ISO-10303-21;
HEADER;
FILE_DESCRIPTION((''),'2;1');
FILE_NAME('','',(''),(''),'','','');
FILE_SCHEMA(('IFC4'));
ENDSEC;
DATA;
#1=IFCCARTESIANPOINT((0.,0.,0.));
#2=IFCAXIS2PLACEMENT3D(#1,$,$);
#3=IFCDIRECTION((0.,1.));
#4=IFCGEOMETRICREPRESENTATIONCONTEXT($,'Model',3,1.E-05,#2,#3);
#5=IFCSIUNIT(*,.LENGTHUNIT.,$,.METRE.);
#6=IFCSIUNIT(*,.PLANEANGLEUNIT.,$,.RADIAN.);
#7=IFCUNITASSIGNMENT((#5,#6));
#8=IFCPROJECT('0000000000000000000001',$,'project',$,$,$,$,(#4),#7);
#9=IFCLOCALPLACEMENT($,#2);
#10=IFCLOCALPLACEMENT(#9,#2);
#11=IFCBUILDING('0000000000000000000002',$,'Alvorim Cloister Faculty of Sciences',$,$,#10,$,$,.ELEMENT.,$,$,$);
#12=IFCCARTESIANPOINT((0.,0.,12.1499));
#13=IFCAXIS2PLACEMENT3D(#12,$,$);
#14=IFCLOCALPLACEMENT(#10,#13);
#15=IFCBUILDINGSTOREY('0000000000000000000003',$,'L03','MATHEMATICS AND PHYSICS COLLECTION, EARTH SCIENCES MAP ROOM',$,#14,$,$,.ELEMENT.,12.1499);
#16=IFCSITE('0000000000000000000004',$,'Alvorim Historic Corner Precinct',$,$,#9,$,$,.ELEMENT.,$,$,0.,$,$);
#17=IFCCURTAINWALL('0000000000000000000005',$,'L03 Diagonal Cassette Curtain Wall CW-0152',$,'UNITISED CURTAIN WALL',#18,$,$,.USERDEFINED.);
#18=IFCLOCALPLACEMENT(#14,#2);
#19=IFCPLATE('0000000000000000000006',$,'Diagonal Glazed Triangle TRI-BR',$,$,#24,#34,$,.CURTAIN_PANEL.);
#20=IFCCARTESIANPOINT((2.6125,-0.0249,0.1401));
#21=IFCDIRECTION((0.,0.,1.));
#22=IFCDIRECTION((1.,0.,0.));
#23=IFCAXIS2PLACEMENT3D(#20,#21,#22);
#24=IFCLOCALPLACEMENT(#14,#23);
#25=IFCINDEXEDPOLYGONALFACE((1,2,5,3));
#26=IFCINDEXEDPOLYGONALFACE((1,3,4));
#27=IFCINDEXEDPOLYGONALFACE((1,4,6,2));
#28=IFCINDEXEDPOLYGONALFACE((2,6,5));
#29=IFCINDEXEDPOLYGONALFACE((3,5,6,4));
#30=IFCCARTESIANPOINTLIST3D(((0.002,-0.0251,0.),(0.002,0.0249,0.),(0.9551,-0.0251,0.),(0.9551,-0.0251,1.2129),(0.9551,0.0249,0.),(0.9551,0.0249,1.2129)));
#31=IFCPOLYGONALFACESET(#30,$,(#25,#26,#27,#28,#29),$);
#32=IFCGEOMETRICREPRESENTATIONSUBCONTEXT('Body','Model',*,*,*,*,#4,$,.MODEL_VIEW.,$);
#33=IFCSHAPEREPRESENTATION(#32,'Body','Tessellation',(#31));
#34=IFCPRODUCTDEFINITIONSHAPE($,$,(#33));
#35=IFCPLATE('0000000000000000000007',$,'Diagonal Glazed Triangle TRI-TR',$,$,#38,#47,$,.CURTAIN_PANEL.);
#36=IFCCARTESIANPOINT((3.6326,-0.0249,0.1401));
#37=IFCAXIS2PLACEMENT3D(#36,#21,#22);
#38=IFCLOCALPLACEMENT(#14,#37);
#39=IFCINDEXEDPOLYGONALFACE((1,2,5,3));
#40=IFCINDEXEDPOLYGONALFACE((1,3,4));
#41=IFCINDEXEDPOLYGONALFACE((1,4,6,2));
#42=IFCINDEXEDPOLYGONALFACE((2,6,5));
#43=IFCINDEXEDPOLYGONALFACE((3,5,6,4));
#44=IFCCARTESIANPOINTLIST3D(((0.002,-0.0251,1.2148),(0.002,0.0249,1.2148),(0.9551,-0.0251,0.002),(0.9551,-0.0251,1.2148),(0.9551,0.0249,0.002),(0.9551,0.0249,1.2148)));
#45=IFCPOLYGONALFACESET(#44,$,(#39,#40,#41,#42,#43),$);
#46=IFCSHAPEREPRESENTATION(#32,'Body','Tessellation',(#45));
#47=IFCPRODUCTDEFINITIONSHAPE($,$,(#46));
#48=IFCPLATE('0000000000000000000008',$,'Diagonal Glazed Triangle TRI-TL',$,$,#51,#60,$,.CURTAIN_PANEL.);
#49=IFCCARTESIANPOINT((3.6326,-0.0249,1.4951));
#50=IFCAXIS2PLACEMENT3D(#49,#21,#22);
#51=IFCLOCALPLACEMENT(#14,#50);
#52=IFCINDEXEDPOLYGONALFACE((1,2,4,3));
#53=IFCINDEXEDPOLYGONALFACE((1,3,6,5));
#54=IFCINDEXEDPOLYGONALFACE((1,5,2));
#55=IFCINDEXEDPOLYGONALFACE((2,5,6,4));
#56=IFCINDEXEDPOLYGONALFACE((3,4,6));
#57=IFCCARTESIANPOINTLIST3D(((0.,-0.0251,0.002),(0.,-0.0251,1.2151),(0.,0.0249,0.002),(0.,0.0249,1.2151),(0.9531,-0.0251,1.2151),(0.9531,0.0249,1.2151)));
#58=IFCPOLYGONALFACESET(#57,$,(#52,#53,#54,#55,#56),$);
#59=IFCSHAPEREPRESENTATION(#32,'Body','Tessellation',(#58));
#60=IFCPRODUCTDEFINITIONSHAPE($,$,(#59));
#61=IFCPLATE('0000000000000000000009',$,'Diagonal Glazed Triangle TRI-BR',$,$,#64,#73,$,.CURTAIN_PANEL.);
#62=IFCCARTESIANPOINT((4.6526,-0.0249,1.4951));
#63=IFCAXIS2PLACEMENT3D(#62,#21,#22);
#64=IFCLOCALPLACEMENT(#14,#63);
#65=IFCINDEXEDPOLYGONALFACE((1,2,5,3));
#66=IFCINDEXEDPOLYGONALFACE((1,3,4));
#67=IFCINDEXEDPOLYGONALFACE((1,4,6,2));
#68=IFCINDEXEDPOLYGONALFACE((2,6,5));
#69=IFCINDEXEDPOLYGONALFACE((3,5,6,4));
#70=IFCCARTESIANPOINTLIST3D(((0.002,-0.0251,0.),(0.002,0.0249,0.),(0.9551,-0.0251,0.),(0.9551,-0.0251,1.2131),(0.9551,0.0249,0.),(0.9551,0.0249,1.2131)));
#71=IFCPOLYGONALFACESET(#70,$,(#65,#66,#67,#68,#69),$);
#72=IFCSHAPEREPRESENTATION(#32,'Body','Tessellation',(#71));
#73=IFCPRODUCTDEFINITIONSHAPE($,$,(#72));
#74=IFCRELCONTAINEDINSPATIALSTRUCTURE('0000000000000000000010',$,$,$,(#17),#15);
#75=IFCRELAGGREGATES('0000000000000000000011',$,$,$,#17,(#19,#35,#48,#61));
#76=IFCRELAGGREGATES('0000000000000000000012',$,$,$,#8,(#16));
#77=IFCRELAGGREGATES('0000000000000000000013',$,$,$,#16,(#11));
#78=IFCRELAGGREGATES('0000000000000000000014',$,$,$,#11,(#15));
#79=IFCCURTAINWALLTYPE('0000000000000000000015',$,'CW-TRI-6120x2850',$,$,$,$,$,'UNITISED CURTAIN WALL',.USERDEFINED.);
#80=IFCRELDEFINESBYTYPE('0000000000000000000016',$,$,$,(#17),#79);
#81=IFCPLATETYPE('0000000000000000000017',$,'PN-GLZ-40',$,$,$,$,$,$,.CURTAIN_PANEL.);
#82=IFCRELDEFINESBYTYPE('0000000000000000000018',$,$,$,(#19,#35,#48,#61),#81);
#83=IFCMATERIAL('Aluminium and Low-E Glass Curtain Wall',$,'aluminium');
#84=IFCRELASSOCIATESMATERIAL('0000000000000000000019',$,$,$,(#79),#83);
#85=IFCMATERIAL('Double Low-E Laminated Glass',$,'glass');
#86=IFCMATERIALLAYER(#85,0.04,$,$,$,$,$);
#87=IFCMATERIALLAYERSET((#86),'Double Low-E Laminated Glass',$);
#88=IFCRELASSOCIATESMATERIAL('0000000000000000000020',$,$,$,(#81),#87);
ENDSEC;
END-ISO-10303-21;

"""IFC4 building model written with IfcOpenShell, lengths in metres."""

from ifc_helpers import new_model, si_unit, direction, frame, origin, place, context, subcontext, project, spatial, polyline, outline, extrude, material, layer, layer_set, type_object, element, aggregate, save


model = new_model("IFC4")

# Units and contexts
model_context = context("Model", 3, precision=1e-05, world=origin(), true_north=direction((0.0, 1.0)))
body_context = subcontext(model_context, "Body", "Model", "MODEL_VIEW")
ifc_project = project(units=[si_unit("LENGTHUNIT", "METRE"), si_unit("PLANEANGLEUNIT", "RADIAN")], contexts=[model_context])

# Site, building, storey
site_placement = place(None, origin())
site = spatial("IfcSite", under=ifc_project, at=site_placement, Name="Alvorim Historic Corner Precinct", CompositionType="ELEMENT", RefElevation=0.0)
building_placement = place(site_placement, origin())
building = spatial("IfcBuilding", under=site, at=building_placement, Name="Alvorim Cloister Faculty of Sciences", CompositionType="ELEMENT")
storey_placement = place(building_placement, frame((0.0, 0.0, 12.1499)))
storey = spatial("IfcBuildingStorey", under=building, at=storey_placement, Name="L03", Description="MATHEMATICS AND PHYSICS COLLECTION, EARTH SCIENCES MAP ROOM", CompositionType="ELEMENT", Elevation=12.1499)

# Curtain wall, plates
ifc_material_1 = material(Name="Aluminium and Low-E Glass Curtain Wall", Category="aluminium")
curtain_wall_type = type_object("IfcCurtainWallType", Name="CW-TRI-6120x2850", ElementType="UNITISED CURTAIN WALL", PredefinedType="USERDEFINED", material=ifc_material_1)
curtain_wall_placement = place(storey_placement, origin())
curtain_wall = element("IfcCurtainWall", 1, at=curtain_wall_placement, inside=storey, type_object=curtain_wall_type, Name="L03 Diagonal Cassette Curtain Wall CW-0152", ObjectType="UNITISED CURTAIN WALL", PredefinedType="USERDEFINED")
ifc_material_2 = material(Name="Double Low-E Laminated Glass", Category="glass")
ifc_layer = layer(ifc_material_2, 0.04)
ifc_layer_set = layer_set([ifc_layer], Name="Double Low-E Laminated Glass")
plate_type = type_object("IfcPlateType", Name="PN-GLZ-40", PredefinedType="CURTAIN_PANEL", material=ifc_layer_set)
plate_1_placement = place(storey_placement, frame((2.6125, -0.0249, 0.1401), z_axis=(0.0, 0.0, 1.0), x_axis=(1.0, 0.0, 0.0)))
plate_1 = element("IfcPlate", 2, at=plate_1_placement, type_object=plate_type, Name="Diagonal Glazed Triangle TRI-BR", PredefinedType="CURTAIN_PANEL", context=body_context, shape_type="SweptSolid", body=[
    extrude(outline(polyline([(0.002, 0.0), (0.9551, 0.0), (0.9551, 1.2129), (0.002, 0.0)])), frame((0.0, 0.0249, 0.0), z_axis=(0.0, -1.0, 0.0), x_axis=(1.0, 0.0, 0.0)), (0.0, 0.0, 1.0), 0.05),
])
plate_2_placement = place(storey_placement, frame((3.6326, -0.0249, 0.1401), z_axis=(0.0, 0.0, 1.0), x_axis=(1.0, 0.0, 0.0)))
plate_2 = element("IfcPlate", 3, at=plate_2_placement, type_object=plate_type, Name="Diagonal Glazed Triangle TRI-TR", PredefinedType="CURTAIN_PANEL", context=body_context, shape_type="SweptSolid", body=[
    extrude(outline(polyline([(0.9551, 0.002), (0.9551, 1.2148), (0.002, 1.2148), (0.9551, 0.002)])), frame((0.0, 0.0249, 0.0), z_axis=(0.0, -1.0, 0.0), x_axis=(1.0, 0.0, 0.0)), (0.0, 0.0, 1.0), 0.05),
])
plate_3_placement = place(storey_placement, frame((3.6326, -0.0249, 1.4951), z_axis=(0.0, 0.0, 1.0), x_axis=(1.0, 0.0, 0.0)))
plate_3 = element("IfcPlate", 4, at=plate_3_placement, type_object=plate_type, Name="Diagonal Glazed Triangle TRI-TL", PredefinedType="CURTAIN_PANEL", context=body_context, shape_type="SweptSolid", body=[
    extrude(outline(polyline([(0.9531, 1.2151), (0.0, 1.2151), (0.0, 0.002), (0.9531, 1.2151)])), frame((0.0, 0.0249, 0.0), z_axis=(0.0, -1.0, 0.0), x_axis=(1.0, 0.0, 0.0)), (0.0, 0.0, 1.0), 0.05),
])
plate_4_placement = place(storey_placement, frame((4.6526, -0.0249, 1.4951), z_axis=(0.0, 0.0, 1.0), x_axis=(1.0, 0.0, 0.0)))
plate_4 = element("IfcPlate", 5, at=plate_4_placement, type_object=plate_type, Name="Diagonal Glazed Triangle TRI-BR", PredefinedType="CURTAIN_PANEL", context=body_context, shape_type="SweptSolid", body=[
    extrude(outline(polyline([(0.002, 0.0), (0.9551, 0.0), (0.9551, 1.2131), (0.002, 0.0)])), frame((0.0, 0.0249, 0.0), z_axis=(0.0, -1.0, 0.0), x_axis=(1.0, 0.0, 0.0)), (0.0, 0.0, 1.0), 0.05),
])
aggregate(curtain_wall, [plate_1, plate_2, plate_3, plate_4])

save(model, "model.ifc")
